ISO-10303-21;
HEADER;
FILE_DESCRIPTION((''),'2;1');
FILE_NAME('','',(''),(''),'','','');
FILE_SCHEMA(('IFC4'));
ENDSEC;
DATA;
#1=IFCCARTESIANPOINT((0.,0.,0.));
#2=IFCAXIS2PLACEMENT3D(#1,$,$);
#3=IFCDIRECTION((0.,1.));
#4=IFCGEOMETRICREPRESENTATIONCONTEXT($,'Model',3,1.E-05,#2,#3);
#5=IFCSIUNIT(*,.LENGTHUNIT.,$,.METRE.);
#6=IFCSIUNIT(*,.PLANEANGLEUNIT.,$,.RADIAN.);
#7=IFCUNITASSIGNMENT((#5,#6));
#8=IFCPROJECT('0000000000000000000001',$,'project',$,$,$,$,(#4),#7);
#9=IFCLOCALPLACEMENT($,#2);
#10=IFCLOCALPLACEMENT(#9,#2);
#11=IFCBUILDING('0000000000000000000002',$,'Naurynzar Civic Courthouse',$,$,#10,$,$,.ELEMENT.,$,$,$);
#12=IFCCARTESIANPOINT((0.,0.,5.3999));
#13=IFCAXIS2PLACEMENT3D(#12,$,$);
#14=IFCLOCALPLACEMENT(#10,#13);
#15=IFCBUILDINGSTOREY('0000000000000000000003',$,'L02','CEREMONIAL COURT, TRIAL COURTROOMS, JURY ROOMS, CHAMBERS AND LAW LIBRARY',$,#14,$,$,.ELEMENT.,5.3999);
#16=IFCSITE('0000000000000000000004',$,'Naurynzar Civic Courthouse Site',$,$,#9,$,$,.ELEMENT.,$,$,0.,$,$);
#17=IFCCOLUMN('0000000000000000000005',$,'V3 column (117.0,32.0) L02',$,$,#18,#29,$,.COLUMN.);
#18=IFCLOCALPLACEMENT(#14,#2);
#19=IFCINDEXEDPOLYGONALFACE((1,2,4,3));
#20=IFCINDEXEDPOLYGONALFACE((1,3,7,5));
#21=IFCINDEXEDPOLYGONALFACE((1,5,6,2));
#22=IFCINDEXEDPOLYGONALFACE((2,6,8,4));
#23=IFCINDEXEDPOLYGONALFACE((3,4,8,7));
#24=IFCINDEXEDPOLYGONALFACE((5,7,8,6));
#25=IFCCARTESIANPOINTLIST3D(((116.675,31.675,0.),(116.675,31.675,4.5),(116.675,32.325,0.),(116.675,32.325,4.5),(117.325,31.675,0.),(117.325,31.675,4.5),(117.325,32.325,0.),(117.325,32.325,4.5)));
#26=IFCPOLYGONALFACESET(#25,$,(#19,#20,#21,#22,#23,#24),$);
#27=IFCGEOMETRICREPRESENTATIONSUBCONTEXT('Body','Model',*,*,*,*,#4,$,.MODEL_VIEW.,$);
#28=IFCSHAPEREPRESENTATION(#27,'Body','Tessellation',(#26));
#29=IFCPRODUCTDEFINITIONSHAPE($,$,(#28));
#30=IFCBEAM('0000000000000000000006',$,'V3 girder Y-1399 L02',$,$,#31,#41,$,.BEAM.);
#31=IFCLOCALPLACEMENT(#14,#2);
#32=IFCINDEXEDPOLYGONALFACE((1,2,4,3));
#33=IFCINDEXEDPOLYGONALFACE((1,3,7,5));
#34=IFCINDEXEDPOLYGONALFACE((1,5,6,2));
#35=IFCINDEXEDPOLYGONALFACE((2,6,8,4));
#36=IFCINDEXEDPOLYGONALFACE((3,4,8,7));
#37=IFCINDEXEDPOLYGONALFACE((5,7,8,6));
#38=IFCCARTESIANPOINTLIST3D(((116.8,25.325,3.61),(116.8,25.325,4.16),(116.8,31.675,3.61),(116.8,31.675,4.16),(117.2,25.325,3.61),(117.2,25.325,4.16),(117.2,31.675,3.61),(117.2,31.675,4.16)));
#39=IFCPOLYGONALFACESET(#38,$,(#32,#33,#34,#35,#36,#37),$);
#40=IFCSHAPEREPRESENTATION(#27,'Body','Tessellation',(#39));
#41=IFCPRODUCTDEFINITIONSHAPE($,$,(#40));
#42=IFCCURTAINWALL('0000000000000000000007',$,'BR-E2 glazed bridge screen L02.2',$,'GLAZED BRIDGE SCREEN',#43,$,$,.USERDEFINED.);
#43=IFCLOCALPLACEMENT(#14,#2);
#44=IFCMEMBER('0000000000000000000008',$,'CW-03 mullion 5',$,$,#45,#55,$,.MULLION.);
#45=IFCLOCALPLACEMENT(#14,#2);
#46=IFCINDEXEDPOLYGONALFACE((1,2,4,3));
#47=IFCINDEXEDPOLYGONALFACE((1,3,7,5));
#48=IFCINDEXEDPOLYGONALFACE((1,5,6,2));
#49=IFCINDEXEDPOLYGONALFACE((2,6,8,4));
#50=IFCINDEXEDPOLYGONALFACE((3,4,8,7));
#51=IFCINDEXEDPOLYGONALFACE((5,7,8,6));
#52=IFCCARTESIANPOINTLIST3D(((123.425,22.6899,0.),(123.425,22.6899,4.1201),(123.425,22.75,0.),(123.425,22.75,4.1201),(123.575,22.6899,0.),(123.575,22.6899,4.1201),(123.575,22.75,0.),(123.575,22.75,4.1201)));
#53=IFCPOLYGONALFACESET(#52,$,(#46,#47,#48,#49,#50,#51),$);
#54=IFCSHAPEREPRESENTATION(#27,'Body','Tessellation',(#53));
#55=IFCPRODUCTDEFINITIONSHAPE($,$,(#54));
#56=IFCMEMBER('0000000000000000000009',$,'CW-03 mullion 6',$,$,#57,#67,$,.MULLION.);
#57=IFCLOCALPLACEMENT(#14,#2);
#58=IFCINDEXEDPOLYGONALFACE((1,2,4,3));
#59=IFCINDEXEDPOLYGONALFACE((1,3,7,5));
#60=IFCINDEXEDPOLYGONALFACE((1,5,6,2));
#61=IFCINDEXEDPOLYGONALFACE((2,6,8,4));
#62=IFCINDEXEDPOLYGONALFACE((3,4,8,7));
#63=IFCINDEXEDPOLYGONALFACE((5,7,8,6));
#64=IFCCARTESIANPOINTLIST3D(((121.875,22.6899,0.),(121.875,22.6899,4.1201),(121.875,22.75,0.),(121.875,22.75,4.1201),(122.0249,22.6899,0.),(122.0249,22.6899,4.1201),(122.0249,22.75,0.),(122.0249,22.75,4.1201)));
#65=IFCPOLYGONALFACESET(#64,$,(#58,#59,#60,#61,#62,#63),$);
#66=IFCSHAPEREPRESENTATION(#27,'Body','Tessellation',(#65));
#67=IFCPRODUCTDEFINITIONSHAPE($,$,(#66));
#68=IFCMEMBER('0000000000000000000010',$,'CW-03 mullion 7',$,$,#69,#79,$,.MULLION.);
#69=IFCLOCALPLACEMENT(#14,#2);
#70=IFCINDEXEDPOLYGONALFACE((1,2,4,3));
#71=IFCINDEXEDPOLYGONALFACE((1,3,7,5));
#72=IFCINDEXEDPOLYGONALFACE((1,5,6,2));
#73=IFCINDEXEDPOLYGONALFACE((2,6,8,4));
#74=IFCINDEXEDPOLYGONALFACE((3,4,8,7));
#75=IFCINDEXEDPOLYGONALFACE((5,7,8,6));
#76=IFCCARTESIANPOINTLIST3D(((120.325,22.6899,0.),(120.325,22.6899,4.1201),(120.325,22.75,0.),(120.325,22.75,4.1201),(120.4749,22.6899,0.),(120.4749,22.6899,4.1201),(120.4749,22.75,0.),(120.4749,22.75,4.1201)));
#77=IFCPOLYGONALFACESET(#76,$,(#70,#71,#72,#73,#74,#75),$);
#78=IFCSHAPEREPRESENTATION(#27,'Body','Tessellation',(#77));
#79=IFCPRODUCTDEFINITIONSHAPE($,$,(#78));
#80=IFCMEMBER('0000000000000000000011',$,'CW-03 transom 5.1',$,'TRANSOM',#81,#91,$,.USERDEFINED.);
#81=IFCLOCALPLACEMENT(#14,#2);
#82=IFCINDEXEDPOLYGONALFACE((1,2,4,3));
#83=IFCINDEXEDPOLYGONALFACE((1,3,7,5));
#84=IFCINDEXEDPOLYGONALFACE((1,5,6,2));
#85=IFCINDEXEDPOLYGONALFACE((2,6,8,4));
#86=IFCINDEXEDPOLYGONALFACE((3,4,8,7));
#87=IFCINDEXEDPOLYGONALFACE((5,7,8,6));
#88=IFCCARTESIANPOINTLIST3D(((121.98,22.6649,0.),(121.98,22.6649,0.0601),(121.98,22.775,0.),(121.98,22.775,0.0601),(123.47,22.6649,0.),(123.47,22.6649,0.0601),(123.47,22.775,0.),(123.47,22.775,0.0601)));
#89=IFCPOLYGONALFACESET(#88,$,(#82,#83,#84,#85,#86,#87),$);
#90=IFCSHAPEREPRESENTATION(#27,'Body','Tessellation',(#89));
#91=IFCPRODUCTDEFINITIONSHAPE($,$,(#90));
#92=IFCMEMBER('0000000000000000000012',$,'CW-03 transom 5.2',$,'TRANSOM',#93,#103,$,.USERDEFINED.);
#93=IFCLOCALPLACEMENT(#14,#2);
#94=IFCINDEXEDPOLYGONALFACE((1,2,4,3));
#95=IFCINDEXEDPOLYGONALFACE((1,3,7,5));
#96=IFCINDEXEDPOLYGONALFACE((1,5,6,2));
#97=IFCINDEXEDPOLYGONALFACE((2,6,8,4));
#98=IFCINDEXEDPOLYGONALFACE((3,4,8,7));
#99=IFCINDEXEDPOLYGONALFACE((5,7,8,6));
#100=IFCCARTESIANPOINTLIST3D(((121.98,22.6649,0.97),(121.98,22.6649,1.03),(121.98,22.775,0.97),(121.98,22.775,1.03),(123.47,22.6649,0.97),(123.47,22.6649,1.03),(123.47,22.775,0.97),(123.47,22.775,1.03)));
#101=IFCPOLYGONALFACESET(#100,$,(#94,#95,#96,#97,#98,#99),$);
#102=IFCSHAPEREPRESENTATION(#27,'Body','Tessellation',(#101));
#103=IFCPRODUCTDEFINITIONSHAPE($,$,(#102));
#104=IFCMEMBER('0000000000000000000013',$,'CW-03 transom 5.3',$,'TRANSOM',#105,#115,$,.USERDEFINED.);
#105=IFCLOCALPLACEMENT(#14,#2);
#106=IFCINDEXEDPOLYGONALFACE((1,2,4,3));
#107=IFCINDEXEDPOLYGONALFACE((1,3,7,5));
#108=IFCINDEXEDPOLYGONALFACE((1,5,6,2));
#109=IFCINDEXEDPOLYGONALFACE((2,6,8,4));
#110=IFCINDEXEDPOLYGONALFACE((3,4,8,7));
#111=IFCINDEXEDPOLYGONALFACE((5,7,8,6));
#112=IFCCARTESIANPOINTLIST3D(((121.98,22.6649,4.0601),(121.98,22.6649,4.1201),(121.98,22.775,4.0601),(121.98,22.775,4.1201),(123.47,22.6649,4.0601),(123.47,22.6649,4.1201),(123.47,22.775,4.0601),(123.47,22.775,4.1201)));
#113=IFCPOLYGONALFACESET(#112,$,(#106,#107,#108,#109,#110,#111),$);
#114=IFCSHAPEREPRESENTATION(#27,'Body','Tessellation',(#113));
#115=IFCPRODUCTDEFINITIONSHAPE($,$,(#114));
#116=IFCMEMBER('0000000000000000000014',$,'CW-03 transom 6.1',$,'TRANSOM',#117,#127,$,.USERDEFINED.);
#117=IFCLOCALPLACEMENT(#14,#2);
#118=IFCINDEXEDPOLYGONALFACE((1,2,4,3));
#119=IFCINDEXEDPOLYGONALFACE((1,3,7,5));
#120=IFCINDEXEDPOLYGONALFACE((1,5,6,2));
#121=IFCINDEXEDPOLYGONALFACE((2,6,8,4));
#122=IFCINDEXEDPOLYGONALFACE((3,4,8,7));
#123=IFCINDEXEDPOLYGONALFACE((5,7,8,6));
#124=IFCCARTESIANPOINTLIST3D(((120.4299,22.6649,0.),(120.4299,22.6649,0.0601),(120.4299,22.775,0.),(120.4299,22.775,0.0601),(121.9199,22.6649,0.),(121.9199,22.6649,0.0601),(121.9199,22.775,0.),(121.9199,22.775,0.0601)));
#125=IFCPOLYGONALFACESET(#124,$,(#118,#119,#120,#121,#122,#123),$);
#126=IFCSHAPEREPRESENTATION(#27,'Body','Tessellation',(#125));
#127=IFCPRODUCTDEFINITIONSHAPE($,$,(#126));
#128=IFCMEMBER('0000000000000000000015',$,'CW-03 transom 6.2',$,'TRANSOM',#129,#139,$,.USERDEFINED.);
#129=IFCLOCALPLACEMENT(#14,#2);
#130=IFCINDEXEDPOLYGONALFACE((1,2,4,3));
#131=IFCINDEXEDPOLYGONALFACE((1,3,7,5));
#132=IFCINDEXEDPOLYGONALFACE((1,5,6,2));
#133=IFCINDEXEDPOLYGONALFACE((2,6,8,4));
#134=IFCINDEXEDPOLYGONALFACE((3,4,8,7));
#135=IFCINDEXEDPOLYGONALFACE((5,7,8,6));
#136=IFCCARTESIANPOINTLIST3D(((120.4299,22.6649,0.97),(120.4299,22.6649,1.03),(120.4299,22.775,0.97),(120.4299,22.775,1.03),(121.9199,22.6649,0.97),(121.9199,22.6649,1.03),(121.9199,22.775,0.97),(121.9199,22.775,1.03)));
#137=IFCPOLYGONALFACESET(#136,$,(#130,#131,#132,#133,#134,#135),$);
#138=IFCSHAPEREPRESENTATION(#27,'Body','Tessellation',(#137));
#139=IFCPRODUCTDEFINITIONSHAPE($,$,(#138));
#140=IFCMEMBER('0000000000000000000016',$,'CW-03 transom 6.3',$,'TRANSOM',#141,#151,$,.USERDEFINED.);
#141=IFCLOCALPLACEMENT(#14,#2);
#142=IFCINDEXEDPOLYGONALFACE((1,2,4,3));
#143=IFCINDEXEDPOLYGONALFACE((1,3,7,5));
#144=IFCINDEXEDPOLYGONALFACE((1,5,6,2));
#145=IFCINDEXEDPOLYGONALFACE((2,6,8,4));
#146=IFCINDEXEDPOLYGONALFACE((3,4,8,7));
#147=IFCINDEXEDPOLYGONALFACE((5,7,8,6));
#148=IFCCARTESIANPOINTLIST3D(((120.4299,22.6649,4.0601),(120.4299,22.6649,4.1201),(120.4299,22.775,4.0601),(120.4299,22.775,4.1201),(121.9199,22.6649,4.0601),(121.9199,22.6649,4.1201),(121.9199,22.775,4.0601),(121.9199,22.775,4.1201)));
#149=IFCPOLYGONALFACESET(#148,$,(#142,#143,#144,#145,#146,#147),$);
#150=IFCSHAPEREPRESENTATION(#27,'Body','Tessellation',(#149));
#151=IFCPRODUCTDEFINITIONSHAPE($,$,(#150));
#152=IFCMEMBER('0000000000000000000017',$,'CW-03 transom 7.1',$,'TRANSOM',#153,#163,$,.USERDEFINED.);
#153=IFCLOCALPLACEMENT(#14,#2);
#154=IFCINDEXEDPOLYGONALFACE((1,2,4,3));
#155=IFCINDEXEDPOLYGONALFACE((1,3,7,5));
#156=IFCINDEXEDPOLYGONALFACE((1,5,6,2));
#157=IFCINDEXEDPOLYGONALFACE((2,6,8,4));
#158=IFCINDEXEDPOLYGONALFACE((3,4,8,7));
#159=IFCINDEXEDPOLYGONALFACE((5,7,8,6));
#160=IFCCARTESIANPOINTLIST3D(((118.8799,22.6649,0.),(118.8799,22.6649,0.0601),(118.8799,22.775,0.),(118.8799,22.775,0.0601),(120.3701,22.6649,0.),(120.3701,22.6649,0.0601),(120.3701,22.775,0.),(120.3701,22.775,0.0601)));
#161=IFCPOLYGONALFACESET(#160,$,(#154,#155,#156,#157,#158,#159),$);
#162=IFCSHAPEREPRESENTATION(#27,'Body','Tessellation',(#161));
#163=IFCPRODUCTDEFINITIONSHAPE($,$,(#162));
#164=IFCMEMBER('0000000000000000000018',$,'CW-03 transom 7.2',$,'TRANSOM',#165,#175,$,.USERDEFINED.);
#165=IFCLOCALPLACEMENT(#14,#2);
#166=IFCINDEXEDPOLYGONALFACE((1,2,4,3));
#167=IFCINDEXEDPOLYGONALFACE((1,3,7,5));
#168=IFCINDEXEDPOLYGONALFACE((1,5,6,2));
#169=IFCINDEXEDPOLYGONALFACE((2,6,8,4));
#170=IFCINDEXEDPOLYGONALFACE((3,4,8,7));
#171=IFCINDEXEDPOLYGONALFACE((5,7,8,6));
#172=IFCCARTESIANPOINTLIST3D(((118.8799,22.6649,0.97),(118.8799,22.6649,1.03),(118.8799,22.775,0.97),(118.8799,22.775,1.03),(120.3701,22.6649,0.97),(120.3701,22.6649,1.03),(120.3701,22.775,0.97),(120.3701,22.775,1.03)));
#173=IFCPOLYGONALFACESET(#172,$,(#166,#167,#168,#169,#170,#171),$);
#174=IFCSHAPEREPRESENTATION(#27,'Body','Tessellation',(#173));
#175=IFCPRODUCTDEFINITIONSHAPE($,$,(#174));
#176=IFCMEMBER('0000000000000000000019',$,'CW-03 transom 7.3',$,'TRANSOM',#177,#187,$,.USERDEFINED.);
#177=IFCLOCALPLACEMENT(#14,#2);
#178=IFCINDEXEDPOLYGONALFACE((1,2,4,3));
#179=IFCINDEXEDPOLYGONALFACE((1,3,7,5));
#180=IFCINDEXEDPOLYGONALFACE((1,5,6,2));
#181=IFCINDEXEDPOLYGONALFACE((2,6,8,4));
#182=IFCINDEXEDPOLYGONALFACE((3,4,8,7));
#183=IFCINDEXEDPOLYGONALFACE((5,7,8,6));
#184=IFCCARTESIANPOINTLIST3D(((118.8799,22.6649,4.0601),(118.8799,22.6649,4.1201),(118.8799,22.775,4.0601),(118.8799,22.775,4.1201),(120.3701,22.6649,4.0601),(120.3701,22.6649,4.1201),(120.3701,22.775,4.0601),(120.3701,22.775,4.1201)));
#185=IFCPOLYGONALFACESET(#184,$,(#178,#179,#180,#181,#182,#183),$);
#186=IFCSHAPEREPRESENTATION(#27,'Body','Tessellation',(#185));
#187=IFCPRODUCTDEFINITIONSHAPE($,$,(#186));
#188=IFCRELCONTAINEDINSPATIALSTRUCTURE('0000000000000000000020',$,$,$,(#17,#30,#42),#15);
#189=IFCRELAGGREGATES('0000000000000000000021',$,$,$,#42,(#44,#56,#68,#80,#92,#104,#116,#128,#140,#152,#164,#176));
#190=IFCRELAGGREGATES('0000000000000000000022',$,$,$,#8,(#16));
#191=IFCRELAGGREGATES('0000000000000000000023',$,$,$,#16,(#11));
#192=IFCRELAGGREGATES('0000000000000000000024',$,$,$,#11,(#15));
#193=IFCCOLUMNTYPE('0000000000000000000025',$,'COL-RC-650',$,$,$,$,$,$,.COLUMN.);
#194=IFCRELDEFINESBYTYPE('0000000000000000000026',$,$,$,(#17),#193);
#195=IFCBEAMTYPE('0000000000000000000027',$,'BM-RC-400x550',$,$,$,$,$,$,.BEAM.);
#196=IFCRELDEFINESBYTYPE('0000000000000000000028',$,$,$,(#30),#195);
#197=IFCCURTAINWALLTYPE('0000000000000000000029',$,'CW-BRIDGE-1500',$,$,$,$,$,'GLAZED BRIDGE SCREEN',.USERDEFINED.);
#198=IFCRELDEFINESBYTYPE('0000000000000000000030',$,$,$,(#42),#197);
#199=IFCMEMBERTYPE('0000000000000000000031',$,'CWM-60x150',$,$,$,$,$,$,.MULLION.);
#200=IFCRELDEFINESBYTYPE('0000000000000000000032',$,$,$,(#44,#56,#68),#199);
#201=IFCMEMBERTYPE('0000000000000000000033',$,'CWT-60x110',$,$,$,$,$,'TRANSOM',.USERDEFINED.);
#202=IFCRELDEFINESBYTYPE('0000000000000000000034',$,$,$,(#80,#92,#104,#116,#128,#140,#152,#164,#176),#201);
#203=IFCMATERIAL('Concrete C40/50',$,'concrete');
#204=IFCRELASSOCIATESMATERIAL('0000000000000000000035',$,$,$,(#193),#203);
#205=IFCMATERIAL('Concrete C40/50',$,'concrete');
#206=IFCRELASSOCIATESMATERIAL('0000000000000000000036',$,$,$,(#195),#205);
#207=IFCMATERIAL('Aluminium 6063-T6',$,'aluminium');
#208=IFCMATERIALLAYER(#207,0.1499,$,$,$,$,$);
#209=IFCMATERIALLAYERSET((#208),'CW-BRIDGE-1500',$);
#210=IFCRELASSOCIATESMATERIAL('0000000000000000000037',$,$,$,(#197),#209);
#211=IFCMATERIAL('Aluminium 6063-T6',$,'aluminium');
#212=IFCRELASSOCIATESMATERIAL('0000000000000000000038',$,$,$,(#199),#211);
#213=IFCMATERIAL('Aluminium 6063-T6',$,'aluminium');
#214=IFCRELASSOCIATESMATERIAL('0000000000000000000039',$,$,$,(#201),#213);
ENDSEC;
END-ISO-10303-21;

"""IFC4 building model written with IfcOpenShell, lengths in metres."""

from ifc_helpers import new_model, si_unit, direction, frame, origin, origin_2d, place, context, subcontext, project, spatial, rectangle, extrude, material, layer, layer_set, material_profile, profile_set, type_object, element, aggregate, save


model = new_model("IFC4")

# Units and contexts
model_context = context("Model", 3, precision=1e-05, world=origin(), true_north=direction((0.0, 1.0)))
body_context = subcontext(model_context, "Body", "Model", "MODEL_VIEW")
ifc_project = project(units=[si_unit("LENGTHUNIT", "METRE"), si_unit("PLANEANGLEUNIT", "RADIAN")], contexts=[model_context])

# Site, building, storey
site_placement = place(None, origin())
site = spatial("IfcSite", under=ifc_project, at=site_placement, Name="Naurynzar Civic Courthouse Site", CompositionType="ELEMENT", RefElevation=0.0)
building_placement = place(site_placement, origin())
building = spatial("IfcBuilding", under=site, at=building_placement, Name="Naurynzar Civic Courthouse", CompositionType="ELEMENT")
storey_placement = place(building_placement, frame((0.0, 0.0, 5.3999)))
storey = spatial("IfcBuildingStorey", under=building, at=storey_placement, Name="L02", Description="CEREMONIAL COURT, TRIAL COURTROOMS, JURY ROOMS, CHAMBERS AND LAW LIBRARY", CompositionType="ELEMENT", Elevation=5.3999)

# Column
ifc_material_1 = material(Name="Concrete C40/50", Category="concrete")
ifc_material_profile_1 = material_profile(ifc_material_1, rectangle(XDim=0.6499, YDim=0.6499, at=origin_2d()), Name="RC 650x650")
ifc_profile_set_1 = profile_set([ifc_material_profile_1], Name="Concrete C40/50")
column_type = type_object("IfcColumnType", Name="COL-RC-650", PredefinedType="COLUMN", material=ifc_profile_set_1)
column_placement = place(storey_placement, frame((117.0, 32.0, 0.0), z_axis=(0.0, 0.0, 1.0), x_axis=(1.0, 0.0, 0.0)))
element("IfcColumn", 1, at=column_placement, inside=storey, type_object=column_type, Name="V3 column (117.0,32.0) L02", PredefinedType="COLUMN", context=body_context, shape_type="SweptSolid", body=[
    extrude(rectangle(XDim=0.6499, YDim=0.6499, at=origin_2d()), origin(), (0.0, 0.0, 1.0), 4.5),
])

# Beam
ifc_material_2 = material(Name="Concrete C40/50", Category="concrete")
ifc_material_profile_2 = material_profile(ifc_material_2, rectangle(XDim=0.3999, YDim=0.55, at=origin_2d()), Name="RCB 400x550")
ifc_profile_set_2 = profile_set([ifc_material_profile_2], Name="Concrete C40/50")
beam_type = type_object("IfcBeamType", Name="BM-RC-400x550", PredefinedType="BEAM", material=ifc_profile_set_2)
beam_placement = place(storey_placement, frame((117.0, 25.325, 3.885), z_axis=(0.0, 1.0, 0.0), x_axis=(-1.0, 0.0, 0.0)))
element("IfcBeam", 2, at=beam_placement, inside=storey, type_object=beam_type, Name="V3 girder Y-1399 L02", PredefinedType="BEAM", context=body_context, shape_type="SweptSolid", body=[
    extrude(rectangle(XDim=0.3999, YDim=0.55, at=origin_2d()), origin(), (0.0, 0.0, 1.0), 6.3501),
])

# Curtain wall, members
ifc_material_3 = material(Name="Aluminium 6063-T6", Category="aluminium")
ifc_layer_1 = layer(ifc_material_3, 0.1499)
ifc_layer_set_1 = layer_set([ifc_layer_1], Name="CW-BRIDGE-1500")
curtain_wall_type = type_object("IfcCurtainWallType", Name="CW-BRIDGE-1500", ElementType="GLAZED BRIDGE SCREEN", PredefinedType="USERDEFINED", material=ifc_layer_set_1)
curtain_wall_placement = place(storey_placement, origin())
curtain_wall = element("IfcCurtainWall", 3, at=curtain_wall_placement, inside=storey, type_object=curtain_wall_type, Name="BR-E2 glazed bridge screen L02.2", ObjectType="GLAZED BRIDGE SCREEN", PredefinedType="USERDEFINED")
ifc_material_4 = material(Name="Aluminium 6063-T6", Category="aluminium")
ifc_material_profile_3 = material_profile(ifc_material_4, rectangle(XDim=0.0601, YDim=0.1499, at=origin_2d()), Name="ALU MULLION 60x150")
ifc_profile_set_3 = profile_set([ifc_material_profile_3], Name="Aluminium 6063-T6")
member_type_1 = type_object("IfcMemberType", Name="CWM-60x150", PredefinedType="MULLION", material=ifc_profile_set_3)
member_1_placement = place(storey_placement, frame((123.5, 22.72, 0.0), z_axis=(0.0, 0.0, 1.0), x_axis=(0.0, -1.0, 0.0)))
member_1 = element("IfcMember", 4, at=member_1_placement, type_object=member_type_1, Name="CW-03 mullion 5", PredefinedType="MULLION", context=body_context, shape_type="SweptSolid", body=[
    extrude(rectangle(XDim=0.0601, YDim=0.1499, at=origin_2d()), origin(), (0.0, 0.0, 1.0), 4.1201),
])
member_2_placement = place(storey_placement, frame((121.95, 22.72, 0.0), z_axis=(0.0, 0.0, 1.0), x_axis=(0.0, -1.0, 0.0)))
member_2 = element("IfcMember", 5, at=member_2_placement, type_object=member_type_1, Name="CW-03 mullion 6", PredefinedType="MULLION", context=body_context, shape_type="SweptSolid", body=[
    extrude(rectangle(XDim=0.0601, YDim=0.1499, at=origin_2d()), origin(), (0.0, 0.0, 1.0), 4.1201),
])
member_3_placement = place(storey_placement, frame((120.3999, 22.72, 0.0), z_axis=(0.0, 0.0, 1.0), x_axis=(0.0, -1.0, 0.0)))
member_3 = element("IfcMember", 6, at=member_3_placement, type_object=member_type_1, Name="CW-03 mullion 7", PredefinedType="MULLION", context=body_context, shape_type="SweptSolid", body=[
    extrude(rectangle(XDim=0.0601, YDim=0.1499, at=origin_2d()), origin(), (0.0, 0.0, 1.0), 4.1201),
])
ifc_material_5 = material(Name="Aluminium 6063-T6", Category="aluminium")
ifc_material_profile_4 = material_profile(ifc_material_5, rectangle(XDim=0.1101, YDim=0.0601, at=origin_2d()), Name="ALU TRANSOM 60x110")
ifc_profile_set_4 = profile_set([ifc_material_profile_4], Name="Aluminium 6063-T6")
member_type_2 = type_object("IfcMemberType", Name="CWT-60x110", ElementType="TRANSOM", PredefinedType="USERDEFINED", material=ifc_profile_set_4)
member_4_placement = place(storey_placement, frame((123.47, 22.72, 0.03), z_axis=(-1.0, 0.0, 0.0), x_axis=(0.0, -1.0, 0.0)))
member_4 = element("IfcMember", 7, at=member_4_placement, type_object=member_type_2, Name="CW-03 transom 5.1", ObjectType="TRANSOM", PredefinedType="USERDEFINED", context=body_context, shape_type="SweptSolid", body=[
    extrude(rectangle(XDim=0.1101, YDim=0.0601, at=origin_2d()), origin(), (0.0, 0.0, 1.0), 1.49),
])
member_5_placement = place(storey_placement, frame((123.47, 22.72, 1.0), z_axis=(-1.0, 0.0, 0.0), x_axis=(0.0, -1.0, 0.0)))
member_5 = element("IfcMember", 8, at=member_5_placement, type_object=member_type_2, Name="CW-03 transom 5.2", ObjectType="TRANSOM", PredefinedType="USERDEFINED", context=body_context, shape_type="SweptSolid", body=[
    extrude(rectangle(XDim=0.1101, YDim=0.0601, at=origin_2d()), origin(), (0.0, 0.0, 1.0), 1.49),
])
member_6_placement = place(storey_placement, frame((123.47, 22.72, 4.0901), z_axis=(-1.0, 0.0, 0.0), x_axis=(0.0, -1.0, 0.0)))
member_6 = element("IfcMember", 9, at=member_6_placement, type_object=member_type_2, Name="CW-03 transom 5.3", ObjectType="TRANSOM", PredefinedType="USERDEFINED", context=body_context, shape_type="SweptSolid", body=[
    extrude(rectangle(XDim=0.1101, YDim=0.0601, at=origin_2d()), origin(), (0.0, 0.0, 1.0), 1.49),
])
member_7_placement = place(storey_placement, frame((121.9199, 22.72, 0.03), z_axis=(-1.0, 0.0, 0.0), x_axis=(0.0, -1.0, 0.0)))
member_7 = element("IfcMember", 10, at=member_7_placement, type_object=member_type_2, Name="CW-03 transom 6.1", ObjectType="TRANSOM", PredefinedType="USERDEFINED", context=body_context, shape_type="SweptSolid", body=[
    extrude(rectangle(XDim=0.1101, YDim=0.0601, at=origin_2d()), origin(), (0.0, 0.0, 1.0), 1.49),
])
member_8_placement = place(storey_placement, frame((121.9199, 22.72, 1.0), z_axis=(-1.0, 0.0, 0.0), x_axis=(0.0, -1.0, 0.0)))
member_8 = element("IfcMember", 11, at=member_8_placement, type_object=member_type_2, Name="CW-03 transom 6.2", ObjectType="TRANSOM", PredefinedType="USERDEFINED", context=body_context, shape_type="SweptSolid", body=[
    extrude(rectangle(XDim=0.1101, YDim=0.0601, at=origin_2d()), origin(), (0.0, 0.0, 1.0), 1.49),
])
member_9_placement = place(storey_placement, frame((121.9199, 22.72, 4.0901), z_axis=(-1.0, 0.0, 0.0), x_axis=(0.0, -1.0, 0.0)))
member_9 = element("IfcMember", 12, at=member_9_placement, type_object=member_type_2, Name="CW-03 transom 6.3", ObjectType="TRANSOM", PredefinedType="USERDEFINED", context=body_context, shape_type="SweptSolid", body=[
    extrude(rectangle(XDim=0.1101, YDim=0.0601, at=origin_2d()), origin(), (0.0, 0.0, 1.0), 1.49),
])
member_10_placement = place(storey_placement, frame((120.3701, 22.72, 0.03), z_axis=(-1.0, 0.0, 0.0), x_axis=(0.0, -1.0, 0.0)))
member_10 = element("IfcMember", 13, at=member_10_placement, type_object=member_type_2, Name="CW-03 transom 7.1", ObjectType="TRANSOM", PredefinedType="USERDEFINED", context=body_context, shape_type="SweptSolid", body=[
    extrude(rectangle(XDim=0.1101, YDim=0.0601, at=origin_2d()), origin(), (0.0, 0.0, 1.0), 1.4902),
])
member_11_placement = place(storey_placement, frame((120.3701, 22.72, 1.0), z_axis=(-1.0, 0.0, 0.0), x_axis=(0.0, -1.0, 0.0)))
member_11 = element("IfcMember", 14, at=member_11_placement, type_object=member_type_2, Name="CW-03 transom 7.2", ObjectType="TRANSOM", PredefinedType="USERDEFINED", context=body_context, shape_type="SweptSolid", body=[
    extrude(rectangle(XDim=0.1101, YDim=0.0601, at=origin_2d()), origin(), (0.0, 0.0, 1.0), 1.4902),
])
member_12_placement = place(storey_placement, frame((120.3701, 22.72, 4.0901), z_axis=(-1.0, 0.0, 0.0), x_axis=(0.0, -1.0, 0.0)))
member_12 = element("IfcMember", 15, at=member_12_placement, type_object=member_type_2, Name="CW-03 transom 7.3", ObjectType="TRANSOM", PredefinedType="USERDEFINED", context=body_context, shape_type="SweptSolid", body=[
    extrude(rectangle(XDim=0.1101, YDim=0.0601, at=origin_2d()), origin(), (0.0, 0.0, 1.0), 1.4902),
])
aggregate(curtain_wall, [member_1, member_2, member_3, member_4, member_5, member_6, member_7, member_8, member_9, member_10, member_11, member_12])

save(model, "model.ifc")
